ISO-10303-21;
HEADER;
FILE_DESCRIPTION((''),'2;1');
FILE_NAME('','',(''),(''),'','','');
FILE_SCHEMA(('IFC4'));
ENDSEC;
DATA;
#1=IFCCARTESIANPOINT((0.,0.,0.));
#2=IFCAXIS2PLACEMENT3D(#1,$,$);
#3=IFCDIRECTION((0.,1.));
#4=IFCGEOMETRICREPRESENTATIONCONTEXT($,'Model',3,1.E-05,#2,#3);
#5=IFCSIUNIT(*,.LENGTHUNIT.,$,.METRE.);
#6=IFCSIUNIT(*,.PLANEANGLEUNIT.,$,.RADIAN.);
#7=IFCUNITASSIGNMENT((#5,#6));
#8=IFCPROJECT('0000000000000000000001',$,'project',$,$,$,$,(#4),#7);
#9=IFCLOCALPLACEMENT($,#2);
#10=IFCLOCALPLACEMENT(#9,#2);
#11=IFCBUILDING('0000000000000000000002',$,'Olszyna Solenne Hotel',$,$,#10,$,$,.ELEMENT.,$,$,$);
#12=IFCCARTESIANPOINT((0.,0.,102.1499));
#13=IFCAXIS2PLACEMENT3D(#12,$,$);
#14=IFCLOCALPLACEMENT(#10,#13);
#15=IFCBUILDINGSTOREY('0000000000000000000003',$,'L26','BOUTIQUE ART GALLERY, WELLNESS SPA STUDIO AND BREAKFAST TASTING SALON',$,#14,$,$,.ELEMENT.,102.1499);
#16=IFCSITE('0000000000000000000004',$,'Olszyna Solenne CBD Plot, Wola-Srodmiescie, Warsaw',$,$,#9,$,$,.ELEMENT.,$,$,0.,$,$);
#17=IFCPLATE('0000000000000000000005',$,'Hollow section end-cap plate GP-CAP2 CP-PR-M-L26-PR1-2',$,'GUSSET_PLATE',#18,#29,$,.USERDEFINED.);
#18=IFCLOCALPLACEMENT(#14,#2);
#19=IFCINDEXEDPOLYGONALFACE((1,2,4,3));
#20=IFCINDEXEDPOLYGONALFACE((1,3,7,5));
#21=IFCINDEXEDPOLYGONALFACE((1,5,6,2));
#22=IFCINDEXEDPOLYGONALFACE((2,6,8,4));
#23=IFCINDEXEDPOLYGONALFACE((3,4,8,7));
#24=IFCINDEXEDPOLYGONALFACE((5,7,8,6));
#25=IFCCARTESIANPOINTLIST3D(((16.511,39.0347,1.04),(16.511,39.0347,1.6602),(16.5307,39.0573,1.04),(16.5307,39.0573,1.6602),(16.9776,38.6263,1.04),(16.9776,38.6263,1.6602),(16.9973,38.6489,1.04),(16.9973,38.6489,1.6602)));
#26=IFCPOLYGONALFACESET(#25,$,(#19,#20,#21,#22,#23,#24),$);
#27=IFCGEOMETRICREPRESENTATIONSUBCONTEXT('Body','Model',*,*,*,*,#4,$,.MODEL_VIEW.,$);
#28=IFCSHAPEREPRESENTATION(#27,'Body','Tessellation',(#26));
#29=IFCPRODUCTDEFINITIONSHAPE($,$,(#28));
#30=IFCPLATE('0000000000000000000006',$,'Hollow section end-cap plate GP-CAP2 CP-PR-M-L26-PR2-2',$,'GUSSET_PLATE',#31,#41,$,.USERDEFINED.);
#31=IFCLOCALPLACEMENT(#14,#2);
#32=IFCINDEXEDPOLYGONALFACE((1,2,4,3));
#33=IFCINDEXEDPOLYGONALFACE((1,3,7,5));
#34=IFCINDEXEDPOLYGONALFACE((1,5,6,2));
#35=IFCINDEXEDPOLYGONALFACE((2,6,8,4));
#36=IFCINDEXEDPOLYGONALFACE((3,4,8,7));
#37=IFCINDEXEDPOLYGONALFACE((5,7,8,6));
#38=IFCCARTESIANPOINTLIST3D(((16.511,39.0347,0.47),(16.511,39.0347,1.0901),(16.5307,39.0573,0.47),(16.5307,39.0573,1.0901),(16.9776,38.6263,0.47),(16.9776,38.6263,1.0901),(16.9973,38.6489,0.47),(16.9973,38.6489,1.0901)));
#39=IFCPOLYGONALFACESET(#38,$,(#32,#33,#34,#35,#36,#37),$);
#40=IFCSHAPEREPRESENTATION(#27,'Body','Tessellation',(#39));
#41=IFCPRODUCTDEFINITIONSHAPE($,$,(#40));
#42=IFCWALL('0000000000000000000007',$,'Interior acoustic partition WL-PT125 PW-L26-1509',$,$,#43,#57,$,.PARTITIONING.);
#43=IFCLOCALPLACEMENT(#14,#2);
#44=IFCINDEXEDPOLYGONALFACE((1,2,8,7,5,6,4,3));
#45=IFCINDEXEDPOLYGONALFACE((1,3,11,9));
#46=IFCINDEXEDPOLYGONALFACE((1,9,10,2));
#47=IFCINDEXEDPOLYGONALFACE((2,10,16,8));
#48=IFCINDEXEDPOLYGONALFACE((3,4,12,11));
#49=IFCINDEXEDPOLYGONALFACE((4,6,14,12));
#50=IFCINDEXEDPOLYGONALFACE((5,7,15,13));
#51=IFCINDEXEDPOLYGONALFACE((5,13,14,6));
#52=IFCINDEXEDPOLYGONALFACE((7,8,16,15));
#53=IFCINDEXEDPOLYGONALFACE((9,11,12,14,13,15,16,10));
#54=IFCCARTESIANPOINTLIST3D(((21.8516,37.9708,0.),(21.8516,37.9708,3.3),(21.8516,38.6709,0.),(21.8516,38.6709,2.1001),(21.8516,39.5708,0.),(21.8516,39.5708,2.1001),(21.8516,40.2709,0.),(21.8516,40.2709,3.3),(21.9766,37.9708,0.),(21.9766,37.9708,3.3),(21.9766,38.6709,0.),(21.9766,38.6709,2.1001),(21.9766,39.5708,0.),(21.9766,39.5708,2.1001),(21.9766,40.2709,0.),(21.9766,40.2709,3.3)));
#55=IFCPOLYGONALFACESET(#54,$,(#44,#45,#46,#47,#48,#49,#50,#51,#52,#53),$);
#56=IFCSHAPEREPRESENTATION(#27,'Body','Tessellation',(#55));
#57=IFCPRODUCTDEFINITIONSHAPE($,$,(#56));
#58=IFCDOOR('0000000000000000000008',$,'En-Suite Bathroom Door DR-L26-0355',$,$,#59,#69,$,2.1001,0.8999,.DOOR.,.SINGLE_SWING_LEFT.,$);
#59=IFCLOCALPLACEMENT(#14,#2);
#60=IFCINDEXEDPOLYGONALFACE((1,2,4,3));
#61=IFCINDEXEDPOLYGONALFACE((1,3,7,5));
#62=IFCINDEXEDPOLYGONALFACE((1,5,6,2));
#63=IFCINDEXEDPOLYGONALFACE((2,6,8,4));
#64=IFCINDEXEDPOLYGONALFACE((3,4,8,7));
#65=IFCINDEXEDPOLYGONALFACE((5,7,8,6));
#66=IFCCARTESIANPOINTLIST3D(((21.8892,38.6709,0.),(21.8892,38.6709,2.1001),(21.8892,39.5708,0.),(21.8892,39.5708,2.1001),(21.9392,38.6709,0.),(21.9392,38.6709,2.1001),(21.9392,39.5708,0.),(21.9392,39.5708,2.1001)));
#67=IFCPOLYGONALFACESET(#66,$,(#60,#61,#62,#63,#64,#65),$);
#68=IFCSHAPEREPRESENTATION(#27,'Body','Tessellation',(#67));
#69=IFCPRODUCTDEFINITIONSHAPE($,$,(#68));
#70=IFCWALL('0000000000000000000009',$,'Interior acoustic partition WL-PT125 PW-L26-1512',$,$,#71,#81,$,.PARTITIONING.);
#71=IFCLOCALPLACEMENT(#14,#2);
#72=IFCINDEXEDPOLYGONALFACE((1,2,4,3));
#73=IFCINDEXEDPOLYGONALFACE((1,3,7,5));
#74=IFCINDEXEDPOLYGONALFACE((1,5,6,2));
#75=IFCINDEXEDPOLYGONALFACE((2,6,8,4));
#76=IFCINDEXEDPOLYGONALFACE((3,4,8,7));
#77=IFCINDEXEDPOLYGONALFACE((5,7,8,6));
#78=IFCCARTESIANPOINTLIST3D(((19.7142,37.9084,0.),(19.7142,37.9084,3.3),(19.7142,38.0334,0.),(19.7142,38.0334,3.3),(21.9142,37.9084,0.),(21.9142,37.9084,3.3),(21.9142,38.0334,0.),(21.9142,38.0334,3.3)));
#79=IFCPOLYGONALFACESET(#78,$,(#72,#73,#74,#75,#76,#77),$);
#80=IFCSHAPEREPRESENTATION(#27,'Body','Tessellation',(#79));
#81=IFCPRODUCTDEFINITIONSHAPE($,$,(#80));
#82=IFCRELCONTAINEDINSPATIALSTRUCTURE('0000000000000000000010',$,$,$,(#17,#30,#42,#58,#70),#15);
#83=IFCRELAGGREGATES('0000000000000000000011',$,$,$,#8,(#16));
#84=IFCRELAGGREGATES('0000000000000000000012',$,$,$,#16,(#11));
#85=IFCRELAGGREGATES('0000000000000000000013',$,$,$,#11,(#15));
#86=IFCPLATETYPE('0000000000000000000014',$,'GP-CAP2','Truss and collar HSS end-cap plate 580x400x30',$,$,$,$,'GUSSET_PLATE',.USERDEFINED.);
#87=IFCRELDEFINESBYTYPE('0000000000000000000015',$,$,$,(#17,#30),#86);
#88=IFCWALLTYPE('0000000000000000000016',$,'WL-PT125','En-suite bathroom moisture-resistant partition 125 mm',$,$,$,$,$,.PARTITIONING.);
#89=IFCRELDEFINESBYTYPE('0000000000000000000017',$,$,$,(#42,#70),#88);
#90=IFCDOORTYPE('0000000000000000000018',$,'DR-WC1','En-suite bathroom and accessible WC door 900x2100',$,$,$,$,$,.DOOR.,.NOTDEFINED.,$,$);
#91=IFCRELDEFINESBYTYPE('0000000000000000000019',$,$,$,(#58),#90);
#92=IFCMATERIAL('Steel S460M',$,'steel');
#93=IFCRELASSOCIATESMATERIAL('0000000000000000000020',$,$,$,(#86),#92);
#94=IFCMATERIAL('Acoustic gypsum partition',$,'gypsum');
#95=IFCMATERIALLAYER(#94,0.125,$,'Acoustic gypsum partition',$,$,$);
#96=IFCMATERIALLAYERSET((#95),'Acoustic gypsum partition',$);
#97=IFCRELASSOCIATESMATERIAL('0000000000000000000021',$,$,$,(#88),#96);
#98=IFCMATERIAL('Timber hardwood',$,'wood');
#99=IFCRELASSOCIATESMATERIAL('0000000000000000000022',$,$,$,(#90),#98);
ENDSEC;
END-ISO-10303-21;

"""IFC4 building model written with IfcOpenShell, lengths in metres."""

from ifc_helpers import new_model, si_unit, direction, frame, frame_2d, origin, origin_2d, place, context, subcontext, project, spatial, rectangle, extrude, source, transform, mapped, material, layer, layer_set, type_object, type_shapes, element, fill, save


model = new_model("IFC4")

# Units and contexts
model_context = context("Model", 3, precision=1e-05, world=origin(), true_north=direction((0.0, 1.0)))
body_context = subcontext(model_context, "Body", "Model", "MODEL_VIEW")
ifc_project = project(units=[si_unit("LENGTHUNIT", "METRE"), si_unit("PLANEANGLEUNIT", "RADIAN")], contexts=[model_context])

# Site, building, storey
site_placement = place(None, origin())
site = spatial("IfcSite", under=ifc_project, at=site_placement, Name="Olszyna Solenne CBD Plot, Wola-Srodmiescie, Warsaw", CompositionType="ELEMENT", RefElevation=0.0)
building_placement = place(site_placement, origin())
building = spatial("IfcBuilding", under=site, at=building_placement, Name="Olszyna Solenne Hotel", CompositionType="ELEMENT")
storey_placement = place(building_placement, frame((0.0, 0.0, 102.1499)))
storey = spatial("IfcBuildingStorey", under=building, at=storey_placement, Name="L26", Description="BOUTIQUE ART GALLERY, WELLNESS SPA STUDIO AND BREAKFAST TASTING SALON", CompositionType="ELEMENT", Elevation=102.1499)

# Shared definitions
ifc_material_1 = material(Name="Steel S460M", Category="steel")

# Plates
plate_type = type_object("IfcPlateType", Name="GP-CAP2", Description="Truss and collar HSS end-cap plate 580x400x30", ElementType="GUSSET_PLATE", PredefinedType="USERDEFINED", material=ifc_material_1)
shared_shape_1 = source(origin(), body_context, "Body", "SweptSolid", [
    extrude(rectangle(XDim=0.03, YDim=0.6201, at=origin_2d()), origin(), (0.0, 0.0, 1.0), 0.6201),
])
for number, where, z_axis, x_axis, name in (
    (1, (16.7542, 38.8418, 1.04), (0.0, 0.0, 1.0), (-0.658689, -0.752415, 0.0), "Hollow section end-cap plate GP-CAP2 CP-PR-M-L26-PR1-2"),
    (2, (16.7542, 38.8418, 0.47), (0.0, 0.0, 1.0), (-0.658689, -0.752415, 0.0), "Hollow section end-cap plate GP-CAP2 CP-PR-M-L26-PR2-2"),
):
    element("IfcPlate", number, at=place(storey_placement, frame(where, z_axis=z_axis, x_axis=x_axis)), inside=storey, type_object=plate_type, Name=name, ObjectType="GUSSET_PLATE", PredefinedType="USERDEFINED", context=body_context, shape_type="MappedRepresentation", body=[
        mapped(shared_shape_1, transform((0.0, 0.0, 0.0), x_axis=(1.0, 0.0, 0.0), y_axis=(0.0, 1.0, 0.0), z_axis=(0.0, 0.0, 1.0), scale=1.0)),
    ])

# Wall, opening, door
ifc_material_2 = material(Name="Acoustic gypsum partition", Category="gypsum")
ifc_layer = layer(ifc_material_2, 0.125, Name="Acoustic gypsum partition")
ifc_layer_set = layer_set([ifc_layer], Name="Acoustic gypsum partition")
wall_type = type_object("IfcWallType", Name="WL-PT125", Description="En-suite bathroom moisture-resistant partition 125 mm", PredefinedType="PARTITIONING", material=ifc_layer_set)
wall_1_placement = place(storey_placement, frame((21.9141, 37.9709, 0.0), z_axis=(0.0, 0.0, 1.0), x_axis=(0.0, 1.0, 0.0)))
wall_1 = element("IfcWall", 3, at=wall_1_placement, inside=storey, type_object=wall_type, Name="Interior acoustic partition WL-PT125 PW-L26-1509", PredefinedType="PARTITIONING", context=body_context, shape_type="SweptSolid", body=[
    extrude(rectangle(XDim=2.3, YDim=0.125, at=frame_2d((1.1499, 0.0))), origin(), (0.0, 0.0, 1.0), 3.3),
])
opening_placement = place(wall_1_placement, frame((0.7, 0.0, 0.0)))
opening = element("IfcOpeningElement", 4, at=opening_placement, cuts=wall_1, PredefinedType="OPENING", context=body_context, shape_type="SweptSolid", body=[
    extrude(rectangle(XDim=0.8999, YDim=2.1001, at=frame_2d((0.45, 1.05))), frame((0.0, 0.0725, 0.0), z_axis=(0.0, -1.0, 0.0), x_axis=(1.0, 0.0, 0.0)), (0.0, 0.0, 1.0), 0.145),
])
ifc_material_3 = material(Name="Timber hardwood", Category="wood")
door_type = type_object("IfcDoorType", Name="DR-WC1", Description="En-suite bathroom and accessible WC door 900x2100", OperationType="NOTDEFINED", PredefinedType="DOOR", material=ifc_material_3)
shared_shape_2 = source(origin(), body_context, "Body", "SweptSolid", [
    extrude(rectangle(XDim=0.8999, YDim=2.1001, at=frame_2d((0.45, 1.05))), frame((0.0, 0.0249, 0.0), z_axis=(0.0, -1.0, 0.0), x_axis=(1.0, 0.0, 0.0)), (0.0, 0.0, 1.0), 0.05),
])
type_shapes(door_type, [shared_shape_2])
door_placement = place(opening_placement, origin())
door = element("IfcDoor", 5, at=door_placement, inside=storey, type_object=door_type, Name="En-Suite Bathroom Door DR-L26-0355", OperationType="SINGLE_SWING_LEFT", OverallHeight=2.1001, OverallWidth=0.8999, PredefinedType="DOOR", context=body_context, shape_type="MappedRepresentation", body=[
    mapped(shared_shape_2, transform((0.0, 0.0, 0.0), x_axis=(1.0, 0.0, 0.0), y_axis=(0.0, 1.0, 0.0), z_axis=(0.0, 0.0, 1.0), scale=1.0)),
])
fill(opening, door)

# Wall
wall_2_placement = place(storey_placement, frame((19.7141, 37.9709, 0.0), z_axis=(0.0, 0.0, 1.0), x_axis=(1.0, 0.0, 0.0)))
element("IfcWall", 6, at=wall_2_placement, inside=storey, type_object=wall_type, Name="Interior acoustic partition WL-PT125 PW-L26-1512", PredefinedType="PARTITIONING", context=body_context, shape_type="SweptSolid", body=[
    extrude(rectangle(XDim=2.2, YDim=0.125, at=frame_2d((1.1001, 0.0))), origin(), (0.0, 0.0, 1.0), 3.3),
])

save(model, "model.ifc")
